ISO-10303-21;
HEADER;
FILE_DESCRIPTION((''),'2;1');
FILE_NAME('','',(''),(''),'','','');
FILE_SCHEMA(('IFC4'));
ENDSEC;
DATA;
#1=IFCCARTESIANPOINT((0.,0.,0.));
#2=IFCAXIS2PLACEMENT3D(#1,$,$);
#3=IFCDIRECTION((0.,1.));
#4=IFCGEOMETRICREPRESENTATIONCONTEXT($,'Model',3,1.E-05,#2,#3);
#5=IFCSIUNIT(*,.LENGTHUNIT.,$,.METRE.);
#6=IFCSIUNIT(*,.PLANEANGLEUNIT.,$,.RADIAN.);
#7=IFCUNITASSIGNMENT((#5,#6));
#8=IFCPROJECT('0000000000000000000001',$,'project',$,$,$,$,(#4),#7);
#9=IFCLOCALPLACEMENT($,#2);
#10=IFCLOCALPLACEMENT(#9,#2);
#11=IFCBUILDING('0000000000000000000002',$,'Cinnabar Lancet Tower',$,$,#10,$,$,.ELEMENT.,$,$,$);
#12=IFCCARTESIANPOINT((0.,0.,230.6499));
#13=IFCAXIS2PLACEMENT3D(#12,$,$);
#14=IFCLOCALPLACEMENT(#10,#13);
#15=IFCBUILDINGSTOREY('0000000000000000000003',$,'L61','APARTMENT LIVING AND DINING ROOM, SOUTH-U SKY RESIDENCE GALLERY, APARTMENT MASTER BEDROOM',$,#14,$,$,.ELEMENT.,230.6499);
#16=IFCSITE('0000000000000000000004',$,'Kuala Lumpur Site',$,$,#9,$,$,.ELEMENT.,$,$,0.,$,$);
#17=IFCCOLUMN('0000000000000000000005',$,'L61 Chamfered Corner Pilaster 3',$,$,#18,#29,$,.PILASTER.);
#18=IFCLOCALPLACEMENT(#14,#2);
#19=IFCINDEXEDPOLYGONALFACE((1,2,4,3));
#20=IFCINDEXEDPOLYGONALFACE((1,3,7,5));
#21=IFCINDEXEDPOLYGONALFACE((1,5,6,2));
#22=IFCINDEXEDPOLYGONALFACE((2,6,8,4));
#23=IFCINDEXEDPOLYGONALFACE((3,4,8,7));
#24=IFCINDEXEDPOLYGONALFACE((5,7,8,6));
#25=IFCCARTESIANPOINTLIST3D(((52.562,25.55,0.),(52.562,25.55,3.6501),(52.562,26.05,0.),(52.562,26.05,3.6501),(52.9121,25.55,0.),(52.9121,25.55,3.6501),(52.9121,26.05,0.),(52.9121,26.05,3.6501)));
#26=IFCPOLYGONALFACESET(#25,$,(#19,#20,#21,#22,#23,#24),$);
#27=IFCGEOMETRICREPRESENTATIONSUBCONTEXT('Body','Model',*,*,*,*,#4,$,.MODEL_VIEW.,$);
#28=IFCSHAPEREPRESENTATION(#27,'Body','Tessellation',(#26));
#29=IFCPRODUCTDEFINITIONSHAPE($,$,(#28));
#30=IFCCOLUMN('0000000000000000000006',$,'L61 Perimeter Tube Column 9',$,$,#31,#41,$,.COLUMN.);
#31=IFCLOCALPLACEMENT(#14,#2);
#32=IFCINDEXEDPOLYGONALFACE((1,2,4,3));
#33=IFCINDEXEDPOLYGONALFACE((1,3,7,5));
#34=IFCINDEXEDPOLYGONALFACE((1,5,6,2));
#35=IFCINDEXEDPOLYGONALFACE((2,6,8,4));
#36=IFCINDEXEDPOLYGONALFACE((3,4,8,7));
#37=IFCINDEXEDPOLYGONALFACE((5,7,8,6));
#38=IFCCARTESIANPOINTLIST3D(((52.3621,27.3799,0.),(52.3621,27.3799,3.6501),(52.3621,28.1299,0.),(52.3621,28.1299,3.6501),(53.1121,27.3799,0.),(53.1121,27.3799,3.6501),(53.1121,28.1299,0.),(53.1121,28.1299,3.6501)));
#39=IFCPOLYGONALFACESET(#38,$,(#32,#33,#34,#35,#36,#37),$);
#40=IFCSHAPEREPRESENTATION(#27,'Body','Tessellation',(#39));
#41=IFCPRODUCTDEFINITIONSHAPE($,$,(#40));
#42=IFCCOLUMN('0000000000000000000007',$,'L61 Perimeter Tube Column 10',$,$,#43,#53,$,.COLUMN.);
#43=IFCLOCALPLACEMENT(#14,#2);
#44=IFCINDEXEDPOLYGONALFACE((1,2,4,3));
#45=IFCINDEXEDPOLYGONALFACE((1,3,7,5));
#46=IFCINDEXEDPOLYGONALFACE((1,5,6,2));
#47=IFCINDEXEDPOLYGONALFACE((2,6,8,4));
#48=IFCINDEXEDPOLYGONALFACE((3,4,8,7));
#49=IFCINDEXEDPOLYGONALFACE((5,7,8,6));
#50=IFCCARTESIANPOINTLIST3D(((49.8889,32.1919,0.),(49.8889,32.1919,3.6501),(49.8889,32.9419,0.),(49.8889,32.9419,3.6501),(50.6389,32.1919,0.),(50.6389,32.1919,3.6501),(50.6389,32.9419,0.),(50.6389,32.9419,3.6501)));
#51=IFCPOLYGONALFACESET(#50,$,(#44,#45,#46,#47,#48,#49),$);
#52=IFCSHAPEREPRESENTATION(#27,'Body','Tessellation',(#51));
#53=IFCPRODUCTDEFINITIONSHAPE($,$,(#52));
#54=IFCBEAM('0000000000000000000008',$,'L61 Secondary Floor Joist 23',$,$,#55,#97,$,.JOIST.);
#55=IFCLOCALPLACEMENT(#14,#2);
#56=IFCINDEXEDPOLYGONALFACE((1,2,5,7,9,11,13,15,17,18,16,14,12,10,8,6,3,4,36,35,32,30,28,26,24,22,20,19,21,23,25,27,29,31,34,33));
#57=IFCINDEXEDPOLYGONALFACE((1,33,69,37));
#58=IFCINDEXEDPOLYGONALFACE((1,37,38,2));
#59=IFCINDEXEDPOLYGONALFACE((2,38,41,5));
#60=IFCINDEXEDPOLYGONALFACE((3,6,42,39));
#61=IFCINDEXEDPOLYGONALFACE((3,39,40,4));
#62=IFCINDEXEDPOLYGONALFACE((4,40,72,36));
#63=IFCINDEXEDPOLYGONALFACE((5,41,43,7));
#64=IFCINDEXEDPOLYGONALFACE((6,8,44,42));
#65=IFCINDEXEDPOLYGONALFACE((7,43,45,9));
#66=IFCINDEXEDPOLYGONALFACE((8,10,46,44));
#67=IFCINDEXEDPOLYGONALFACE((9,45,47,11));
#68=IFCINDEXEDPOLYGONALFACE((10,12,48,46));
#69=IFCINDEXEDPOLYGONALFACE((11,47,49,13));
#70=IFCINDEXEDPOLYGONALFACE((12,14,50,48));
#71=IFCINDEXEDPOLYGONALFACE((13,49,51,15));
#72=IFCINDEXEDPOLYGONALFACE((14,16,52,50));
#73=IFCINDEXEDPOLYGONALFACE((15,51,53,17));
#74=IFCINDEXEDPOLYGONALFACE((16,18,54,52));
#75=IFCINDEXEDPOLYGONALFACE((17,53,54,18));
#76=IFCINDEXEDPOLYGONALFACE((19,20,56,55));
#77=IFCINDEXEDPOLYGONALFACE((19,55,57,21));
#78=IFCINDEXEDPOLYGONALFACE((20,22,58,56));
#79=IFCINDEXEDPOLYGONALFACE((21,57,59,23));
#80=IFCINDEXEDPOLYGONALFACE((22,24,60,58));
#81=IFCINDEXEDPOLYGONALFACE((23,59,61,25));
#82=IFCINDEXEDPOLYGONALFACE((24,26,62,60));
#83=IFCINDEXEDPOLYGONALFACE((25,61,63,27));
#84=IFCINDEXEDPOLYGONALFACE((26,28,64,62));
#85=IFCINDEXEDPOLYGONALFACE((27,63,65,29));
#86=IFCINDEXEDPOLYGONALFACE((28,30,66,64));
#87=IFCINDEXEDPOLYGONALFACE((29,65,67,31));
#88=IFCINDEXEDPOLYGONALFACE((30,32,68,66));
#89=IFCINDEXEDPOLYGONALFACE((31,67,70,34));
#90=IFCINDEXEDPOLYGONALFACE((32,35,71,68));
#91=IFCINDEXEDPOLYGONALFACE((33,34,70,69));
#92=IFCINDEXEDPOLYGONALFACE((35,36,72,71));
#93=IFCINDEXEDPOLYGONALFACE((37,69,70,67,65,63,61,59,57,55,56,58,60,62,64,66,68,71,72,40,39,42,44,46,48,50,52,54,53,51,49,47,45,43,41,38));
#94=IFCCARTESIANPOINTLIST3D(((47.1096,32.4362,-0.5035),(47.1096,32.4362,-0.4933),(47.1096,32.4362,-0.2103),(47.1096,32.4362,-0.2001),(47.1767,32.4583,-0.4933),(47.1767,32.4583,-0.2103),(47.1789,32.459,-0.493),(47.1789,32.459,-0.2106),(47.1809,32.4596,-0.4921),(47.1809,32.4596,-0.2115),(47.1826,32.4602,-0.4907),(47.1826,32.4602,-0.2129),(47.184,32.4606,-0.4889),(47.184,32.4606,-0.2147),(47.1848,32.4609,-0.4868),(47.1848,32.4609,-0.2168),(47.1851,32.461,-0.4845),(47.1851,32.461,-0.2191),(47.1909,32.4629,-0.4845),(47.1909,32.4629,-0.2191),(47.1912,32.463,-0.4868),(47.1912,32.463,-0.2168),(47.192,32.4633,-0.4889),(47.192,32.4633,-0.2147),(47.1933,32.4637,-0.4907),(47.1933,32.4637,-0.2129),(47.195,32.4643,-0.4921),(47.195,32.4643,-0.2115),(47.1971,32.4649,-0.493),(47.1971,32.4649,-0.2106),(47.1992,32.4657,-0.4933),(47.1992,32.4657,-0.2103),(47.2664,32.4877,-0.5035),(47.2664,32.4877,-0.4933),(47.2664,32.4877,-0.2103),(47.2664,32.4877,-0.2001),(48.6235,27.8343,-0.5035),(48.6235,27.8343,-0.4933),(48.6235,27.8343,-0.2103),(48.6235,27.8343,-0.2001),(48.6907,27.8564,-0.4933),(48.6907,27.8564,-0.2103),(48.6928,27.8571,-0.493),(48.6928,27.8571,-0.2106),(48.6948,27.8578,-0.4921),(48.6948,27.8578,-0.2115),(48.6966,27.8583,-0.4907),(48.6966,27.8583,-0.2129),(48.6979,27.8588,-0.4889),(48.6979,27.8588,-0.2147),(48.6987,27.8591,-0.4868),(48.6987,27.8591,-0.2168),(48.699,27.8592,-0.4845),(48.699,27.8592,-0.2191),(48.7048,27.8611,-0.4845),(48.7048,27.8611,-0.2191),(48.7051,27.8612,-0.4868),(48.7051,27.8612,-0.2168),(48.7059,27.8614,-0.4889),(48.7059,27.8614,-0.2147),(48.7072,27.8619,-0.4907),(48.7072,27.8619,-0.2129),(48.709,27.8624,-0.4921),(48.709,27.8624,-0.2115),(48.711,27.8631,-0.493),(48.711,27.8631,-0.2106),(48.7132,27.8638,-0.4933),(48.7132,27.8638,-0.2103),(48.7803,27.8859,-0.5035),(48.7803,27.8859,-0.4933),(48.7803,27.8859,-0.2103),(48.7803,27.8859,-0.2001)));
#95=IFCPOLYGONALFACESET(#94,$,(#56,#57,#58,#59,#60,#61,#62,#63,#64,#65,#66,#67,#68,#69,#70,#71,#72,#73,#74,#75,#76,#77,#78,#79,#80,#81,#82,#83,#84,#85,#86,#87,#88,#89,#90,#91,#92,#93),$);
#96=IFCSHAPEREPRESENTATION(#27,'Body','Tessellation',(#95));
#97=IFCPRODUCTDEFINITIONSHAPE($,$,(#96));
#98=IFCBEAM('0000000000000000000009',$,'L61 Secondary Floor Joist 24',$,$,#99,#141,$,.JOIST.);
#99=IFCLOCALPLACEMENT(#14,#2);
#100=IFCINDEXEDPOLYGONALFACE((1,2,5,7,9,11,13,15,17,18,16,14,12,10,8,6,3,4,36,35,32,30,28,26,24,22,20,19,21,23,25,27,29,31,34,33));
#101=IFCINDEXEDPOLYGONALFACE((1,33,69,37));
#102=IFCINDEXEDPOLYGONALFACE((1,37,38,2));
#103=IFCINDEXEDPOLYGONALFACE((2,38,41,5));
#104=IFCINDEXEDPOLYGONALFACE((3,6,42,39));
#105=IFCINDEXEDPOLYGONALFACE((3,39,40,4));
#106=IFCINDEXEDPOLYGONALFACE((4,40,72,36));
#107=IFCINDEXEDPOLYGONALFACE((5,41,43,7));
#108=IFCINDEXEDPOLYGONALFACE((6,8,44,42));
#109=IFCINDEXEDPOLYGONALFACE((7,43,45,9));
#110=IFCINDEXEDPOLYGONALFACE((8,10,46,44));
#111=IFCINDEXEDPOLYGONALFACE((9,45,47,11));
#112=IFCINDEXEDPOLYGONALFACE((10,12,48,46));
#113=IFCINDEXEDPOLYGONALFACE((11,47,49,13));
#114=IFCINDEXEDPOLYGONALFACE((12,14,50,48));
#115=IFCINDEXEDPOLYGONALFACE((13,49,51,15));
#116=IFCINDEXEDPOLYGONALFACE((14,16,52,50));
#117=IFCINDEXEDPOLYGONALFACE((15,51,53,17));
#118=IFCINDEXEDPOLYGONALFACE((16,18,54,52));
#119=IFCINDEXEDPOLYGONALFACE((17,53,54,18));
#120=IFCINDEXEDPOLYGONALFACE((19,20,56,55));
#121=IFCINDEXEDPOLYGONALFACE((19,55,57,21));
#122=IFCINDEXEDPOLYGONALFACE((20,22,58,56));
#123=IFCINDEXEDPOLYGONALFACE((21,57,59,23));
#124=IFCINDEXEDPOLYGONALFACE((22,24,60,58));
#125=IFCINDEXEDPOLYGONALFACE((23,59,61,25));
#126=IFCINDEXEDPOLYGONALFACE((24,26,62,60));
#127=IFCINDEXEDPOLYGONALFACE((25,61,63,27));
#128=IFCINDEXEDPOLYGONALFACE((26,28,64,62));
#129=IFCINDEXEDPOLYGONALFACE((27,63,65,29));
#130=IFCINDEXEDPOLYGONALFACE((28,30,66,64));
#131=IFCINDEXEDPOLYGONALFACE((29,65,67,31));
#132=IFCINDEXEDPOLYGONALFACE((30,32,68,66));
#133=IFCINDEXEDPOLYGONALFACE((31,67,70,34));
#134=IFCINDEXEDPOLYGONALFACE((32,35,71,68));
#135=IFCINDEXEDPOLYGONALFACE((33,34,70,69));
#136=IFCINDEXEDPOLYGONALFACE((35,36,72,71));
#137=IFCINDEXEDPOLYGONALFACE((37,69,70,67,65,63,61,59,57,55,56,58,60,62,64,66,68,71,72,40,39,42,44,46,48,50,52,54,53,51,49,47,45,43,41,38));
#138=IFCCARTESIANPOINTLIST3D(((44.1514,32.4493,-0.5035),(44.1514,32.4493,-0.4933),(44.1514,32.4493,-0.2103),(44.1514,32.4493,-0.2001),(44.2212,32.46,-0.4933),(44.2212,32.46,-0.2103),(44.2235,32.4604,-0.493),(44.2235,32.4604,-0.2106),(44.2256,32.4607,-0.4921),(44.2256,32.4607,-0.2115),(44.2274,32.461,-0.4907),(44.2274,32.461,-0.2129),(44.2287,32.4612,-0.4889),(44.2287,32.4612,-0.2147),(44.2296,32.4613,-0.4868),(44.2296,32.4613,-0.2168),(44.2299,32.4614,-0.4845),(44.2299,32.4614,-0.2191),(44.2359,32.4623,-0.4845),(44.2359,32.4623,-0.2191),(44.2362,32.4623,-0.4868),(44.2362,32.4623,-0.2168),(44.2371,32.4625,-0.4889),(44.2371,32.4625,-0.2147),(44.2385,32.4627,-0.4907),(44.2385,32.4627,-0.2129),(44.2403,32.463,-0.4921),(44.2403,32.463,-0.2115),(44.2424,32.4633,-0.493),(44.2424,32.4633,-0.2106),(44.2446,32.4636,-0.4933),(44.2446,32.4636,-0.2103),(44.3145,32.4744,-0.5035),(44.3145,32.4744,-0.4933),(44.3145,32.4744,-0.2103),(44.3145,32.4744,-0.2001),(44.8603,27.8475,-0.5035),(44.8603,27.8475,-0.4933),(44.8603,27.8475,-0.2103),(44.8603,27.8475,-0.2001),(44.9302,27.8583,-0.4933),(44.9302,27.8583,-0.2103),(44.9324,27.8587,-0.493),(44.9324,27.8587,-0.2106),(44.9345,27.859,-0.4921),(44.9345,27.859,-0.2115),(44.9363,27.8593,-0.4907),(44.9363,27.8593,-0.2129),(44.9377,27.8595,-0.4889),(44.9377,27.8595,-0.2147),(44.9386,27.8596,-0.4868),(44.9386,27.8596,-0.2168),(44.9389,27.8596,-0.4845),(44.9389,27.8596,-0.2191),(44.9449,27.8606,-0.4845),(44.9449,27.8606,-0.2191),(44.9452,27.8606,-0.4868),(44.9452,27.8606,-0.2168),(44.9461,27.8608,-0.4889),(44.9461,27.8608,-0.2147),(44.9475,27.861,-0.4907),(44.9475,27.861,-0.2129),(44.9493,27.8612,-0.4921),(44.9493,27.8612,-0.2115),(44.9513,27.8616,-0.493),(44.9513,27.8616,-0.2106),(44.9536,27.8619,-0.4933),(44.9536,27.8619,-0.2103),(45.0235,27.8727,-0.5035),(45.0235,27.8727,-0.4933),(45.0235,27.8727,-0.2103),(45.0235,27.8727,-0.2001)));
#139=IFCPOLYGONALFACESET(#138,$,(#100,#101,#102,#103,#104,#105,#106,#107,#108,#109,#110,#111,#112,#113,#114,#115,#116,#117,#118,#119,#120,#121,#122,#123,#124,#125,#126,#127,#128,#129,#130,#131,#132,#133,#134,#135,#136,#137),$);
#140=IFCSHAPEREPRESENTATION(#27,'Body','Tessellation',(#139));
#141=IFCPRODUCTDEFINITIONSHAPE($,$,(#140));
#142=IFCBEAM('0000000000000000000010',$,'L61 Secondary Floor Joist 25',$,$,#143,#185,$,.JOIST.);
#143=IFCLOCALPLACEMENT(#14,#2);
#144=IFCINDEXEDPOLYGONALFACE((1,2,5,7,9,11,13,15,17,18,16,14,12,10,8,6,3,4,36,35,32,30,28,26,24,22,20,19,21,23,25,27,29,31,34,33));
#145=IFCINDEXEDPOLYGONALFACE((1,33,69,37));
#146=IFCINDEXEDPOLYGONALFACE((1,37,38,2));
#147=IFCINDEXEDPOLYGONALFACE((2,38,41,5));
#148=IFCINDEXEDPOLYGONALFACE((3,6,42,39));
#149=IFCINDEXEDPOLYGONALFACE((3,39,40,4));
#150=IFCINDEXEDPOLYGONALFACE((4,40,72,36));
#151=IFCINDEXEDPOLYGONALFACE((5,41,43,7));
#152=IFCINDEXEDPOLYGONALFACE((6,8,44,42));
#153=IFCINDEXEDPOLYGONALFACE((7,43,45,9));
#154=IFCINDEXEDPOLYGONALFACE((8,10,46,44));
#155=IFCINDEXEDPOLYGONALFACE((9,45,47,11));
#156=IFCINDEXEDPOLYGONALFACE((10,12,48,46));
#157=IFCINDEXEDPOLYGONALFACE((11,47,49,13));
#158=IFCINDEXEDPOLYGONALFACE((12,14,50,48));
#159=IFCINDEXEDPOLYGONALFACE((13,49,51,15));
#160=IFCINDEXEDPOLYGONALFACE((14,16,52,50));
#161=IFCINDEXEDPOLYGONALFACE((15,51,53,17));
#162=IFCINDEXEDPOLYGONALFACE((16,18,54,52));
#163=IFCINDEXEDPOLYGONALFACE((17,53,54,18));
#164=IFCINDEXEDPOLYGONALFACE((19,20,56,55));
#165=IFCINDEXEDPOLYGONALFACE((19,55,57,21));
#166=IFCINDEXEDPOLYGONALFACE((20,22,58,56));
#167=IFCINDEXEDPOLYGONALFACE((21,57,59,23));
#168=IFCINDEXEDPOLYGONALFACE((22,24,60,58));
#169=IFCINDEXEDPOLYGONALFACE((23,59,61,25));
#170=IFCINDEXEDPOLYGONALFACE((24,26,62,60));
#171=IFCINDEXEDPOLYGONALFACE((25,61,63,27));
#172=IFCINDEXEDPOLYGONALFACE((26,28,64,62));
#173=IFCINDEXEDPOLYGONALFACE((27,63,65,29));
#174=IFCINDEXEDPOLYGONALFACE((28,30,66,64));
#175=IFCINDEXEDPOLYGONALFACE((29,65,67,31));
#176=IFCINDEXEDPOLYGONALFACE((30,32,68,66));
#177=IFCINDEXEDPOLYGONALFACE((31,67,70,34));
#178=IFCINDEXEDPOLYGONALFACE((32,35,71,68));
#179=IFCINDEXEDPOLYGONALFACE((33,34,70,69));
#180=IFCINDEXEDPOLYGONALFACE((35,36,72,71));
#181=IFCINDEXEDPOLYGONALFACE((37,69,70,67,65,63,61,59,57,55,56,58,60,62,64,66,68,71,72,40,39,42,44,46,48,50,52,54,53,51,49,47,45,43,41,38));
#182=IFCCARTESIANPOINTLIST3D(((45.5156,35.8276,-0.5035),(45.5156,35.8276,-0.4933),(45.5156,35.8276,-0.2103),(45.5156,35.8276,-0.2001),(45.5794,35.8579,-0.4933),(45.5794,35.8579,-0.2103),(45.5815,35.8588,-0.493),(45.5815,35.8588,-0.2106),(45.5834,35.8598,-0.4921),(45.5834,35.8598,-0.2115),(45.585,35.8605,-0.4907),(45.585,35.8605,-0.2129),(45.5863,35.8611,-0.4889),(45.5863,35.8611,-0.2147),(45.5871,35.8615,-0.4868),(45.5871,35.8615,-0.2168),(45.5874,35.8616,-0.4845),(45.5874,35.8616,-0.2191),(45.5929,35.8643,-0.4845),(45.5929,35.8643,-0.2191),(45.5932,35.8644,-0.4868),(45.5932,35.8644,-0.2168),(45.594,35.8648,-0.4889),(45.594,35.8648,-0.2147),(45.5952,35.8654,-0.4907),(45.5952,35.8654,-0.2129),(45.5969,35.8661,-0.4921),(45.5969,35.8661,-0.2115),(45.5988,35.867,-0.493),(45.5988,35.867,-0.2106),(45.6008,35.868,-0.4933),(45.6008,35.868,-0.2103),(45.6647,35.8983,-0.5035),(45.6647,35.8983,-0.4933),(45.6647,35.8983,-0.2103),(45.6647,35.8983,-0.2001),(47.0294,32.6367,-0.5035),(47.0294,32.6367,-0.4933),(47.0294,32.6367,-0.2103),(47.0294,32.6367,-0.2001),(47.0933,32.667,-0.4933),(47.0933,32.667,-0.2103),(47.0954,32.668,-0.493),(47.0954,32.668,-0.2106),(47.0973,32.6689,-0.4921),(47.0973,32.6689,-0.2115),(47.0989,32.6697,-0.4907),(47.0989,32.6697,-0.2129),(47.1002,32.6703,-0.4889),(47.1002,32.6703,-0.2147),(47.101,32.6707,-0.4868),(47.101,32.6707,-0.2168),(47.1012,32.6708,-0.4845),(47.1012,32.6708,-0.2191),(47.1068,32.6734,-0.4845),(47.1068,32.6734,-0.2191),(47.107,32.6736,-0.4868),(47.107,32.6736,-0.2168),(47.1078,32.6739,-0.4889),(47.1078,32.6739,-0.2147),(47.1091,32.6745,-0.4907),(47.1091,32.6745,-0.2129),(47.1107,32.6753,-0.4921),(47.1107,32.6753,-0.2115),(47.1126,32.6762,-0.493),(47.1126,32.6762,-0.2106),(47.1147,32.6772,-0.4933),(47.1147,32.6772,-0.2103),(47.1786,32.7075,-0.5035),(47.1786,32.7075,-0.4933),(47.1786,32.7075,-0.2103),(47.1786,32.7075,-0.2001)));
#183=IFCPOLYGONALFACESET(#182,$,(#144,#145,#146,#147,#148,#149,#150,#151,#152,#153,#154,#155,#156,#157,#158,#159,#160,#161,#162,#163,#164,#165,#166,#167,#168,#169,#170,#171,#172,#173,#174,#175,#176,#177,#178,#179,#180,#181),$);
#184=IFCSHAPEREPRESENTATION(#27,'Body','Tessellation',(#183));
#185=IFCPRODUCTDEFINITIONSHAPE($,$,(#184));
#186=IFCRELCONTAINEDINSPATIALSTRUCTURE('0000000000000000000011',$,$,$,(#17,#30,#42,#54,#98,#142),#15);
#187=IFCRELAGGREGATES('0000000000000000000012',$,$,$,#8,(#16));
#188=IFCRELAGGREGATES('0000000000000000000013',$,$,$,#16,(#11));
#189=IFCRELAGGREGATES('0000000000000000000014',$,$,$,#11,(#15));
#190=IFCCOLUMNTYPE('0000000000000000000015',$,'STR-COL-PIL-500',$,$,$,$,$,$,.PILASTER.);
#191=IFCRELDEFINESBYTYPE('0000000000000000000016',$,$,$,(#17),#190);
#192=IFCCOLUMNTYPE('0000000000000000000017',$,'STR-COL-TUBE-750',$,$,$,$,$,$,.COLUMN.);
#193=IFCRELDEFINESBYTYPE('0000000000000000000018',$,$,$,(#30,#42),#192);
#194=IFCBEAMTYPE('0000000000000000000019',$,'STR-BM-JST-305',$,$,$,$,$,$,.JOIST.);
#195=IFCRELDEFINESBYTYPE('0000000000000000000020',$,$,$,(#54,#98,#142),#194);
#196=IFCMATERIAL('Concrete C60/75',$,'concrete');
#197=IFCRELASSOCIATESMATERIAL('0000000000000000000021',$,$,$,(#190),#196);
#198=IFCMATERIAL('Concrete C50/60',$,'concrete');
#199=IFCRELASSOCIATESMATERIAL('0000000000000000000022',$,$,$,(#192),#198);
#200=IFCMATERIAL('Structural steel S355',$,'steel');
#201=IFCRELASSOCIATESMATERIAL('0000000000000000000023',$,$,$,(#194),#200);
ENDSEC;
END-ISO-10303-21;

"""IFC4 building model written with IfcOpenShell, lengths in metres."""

from ifc_helpers import new_model, si_unit, direction, frame, origin, origin_2d, place, context, subcontext, project, spatial, rectangle, i_section, extrude, material, material_profile, profile_set, type_object, element, save


model = new_model("IFC4")

# Units and contexts
model_context = context("Model", 3, precision=1e-05, world=origin(), true_north=direction((0.0, 1.0)))
body_context = subcontext(model_context, "Body", "Model", "MODEL_VIEW")
ifc_project = project(units=[si_unit("LENGTHUNIT", "METRE"), si_unit("PLANEANGLEUNIT", "RADIAN")], contexts=[model_context])

# Site, building, storey
site_placement = place(None, origin())
site = spatial("IfcSite", under=ifc_project, at=site_placement, Name="Kuala Lumpur Site", CompositionType="ELEMENT", RefElevation=0.0)
building_placement = place(site_placement, origin())
building = spatial("IfcBuilding", under=site, at=building_placement, Name="Cinnabar Lancet Tower", CompositionType="ELEMENT")
storey_placement = place(building_placement, frame((0.0, 0.0, 230.6499)))
storey = spatial("IfcBuildingStorey", under=building, at=storey_placement, Name="L61", Description="APARTMENT LIVING AND DINING ROOM, SOUTH-U SKY RESIDENCE GALLERY, APARTMENT MASTER BEDROOM", CompositionType="ELEMENT", Elevation=230.6499)

# Columns
ifc_material_1 = material(Name="Concrete C60/75", Category="concrete")
ifc_material_profile_1 = material_profile(ifc_material_1, rectangle(XDim=0.5, YDim=0.3501, at=origin_2d()), Name="RC-PIL 500x350")
ifc_profile_set_1 = profile_set([ifc_material_profile_1], Name="Concrete C60/75")
column_type_1 = type_object("IfcColumnType", Name="STR-COL-PIL-500", PredefinedType="PILASTER", material=ifc_profile_set_1)
column_placement = place(storey_placement, frame((52.7371, 25.8, 0.0), z_axis=(0.0, 0.0, 1.0), x_axis=(0.0, 1.0, 0.0)))
element("IfcColumn", 1, at=column_placement, inside=storey, type_object=column_type_1, Name="L61 Chamfered Corner Pilaster 3", PredefinedType="PILASTER", context=body_context, shape_type="SweptSolid", body=[
    extrude(rectangle(XDim=0.5, YDim=0.3501, at=origin_2d()), origin(), (0.0, 0.0, 1.0), 3.6501),
])
ifc_material_2 = material(Name="Concrete C50/60", Category="concrete")
ifc_material_profile_2 = material_profile(ifc_material_2, rectangle(XDim=0.75, YDim=0.75, at=origin_2d()), Name="RC-COL 750x750")
ifc_profile_set_2 = profile_set([ifc_material_profile_2], Name="Concrete C50/60")
column_type_2 = type_object("IfcColumnType", Name="STR-COL-TUBE-750", PredefinedType="COLUMN", material=ifc_profile_set_2)
for number, where, z_axis, x_axis, name in (
    (2, (52.7371, 27.7549, 0.0), (0.0, 0.0, 1.0), (1.0, 0.0, 0.0), "L61 Perimeter Tube Column 9"),
    (3, (50.2639, 32.5669, 0.0), (0.0, 0.0, 1.0), (1.0, 0.0, 0.0), "L61 Perimeter Tube Column 10"),
):
    element("IfcColumn", number, at=place(storey_placement, frame(where, z_axis=z_axis, x_axis=x_axis)), inside=storey, type_object=column_type_2, Name=name, PredefinedType="COLUMN", context=body_context, shape_type="SweptSolid", body=[
        extrude(rectangle(XDim=0.75, YDim=0.75, at=origin_2d()), origin(), (0.0, 0.0, 1.0), 3.6501),
    ])

# Beams
ifc_material_3 = material(Name="Structural steel S355", Category="steel")
ifc_material_profile_3 = material_profile(ifc_material_3, i_section(OverallWidth=0.165, OverallDepth=0.3035, WebThickness=0.0061, FlangeThickness=0.0103, FilletRadius=0.0088, at=origin_2d()), Name="UKB 305x165x40")
ifc_profile_set_3 = profile_set([ifc_material_profile_3], Name="Structural steel S355")
beam_type_1 = type_object("IfcBeamType", Name="STR-BM-JST-305", PredefinedType="JOIST", material=ifc_profile_set_3)
beam_1_placement = place(storey_placement, frame((48.7019, 27.8601, -0.3518), z_axis=(-0.312506, 0.949916, 0.0), x_axis=(-0.949916, -0.312506, 0.0)))
element("IfcBeam", 4, at=beam_1_placement, inside=storey, type_object=beam_type_1, Name="L61 Secondary Floor Joist 23", PredefinedType="JOIST", context=body_context, shape_type="SweptSolid", body=[
    extrude(i_section(OverallWidth=0.165, OverallDepth=0.3035, WebThickness=0.0061, FlangeThickness=0.0103, FilletRadius=0.0088, at=origin_2d()), origin(), (0.0, 0.0, 1.0), 4.8445),
])
beam_2_placement = place(storey_placement, frame((44.9419, 27.8601, -0.3518), z_axis=(-0.15227, 0.988339, 0.0), x_axis=(-0.988339, -0.15227, 0.0)))
element("IfcBeam", 5, at=beam_2_placement, inside=storey, type_object=beam_type_1, Name="L61 Secondary Floor Joist 24", PredefinedType="JOIST", context=body_context, shape_type="SweptSolid", body=[
    extrude(i_section(OverallWidth=0.165, OverallDepth=0.3035, WebThickness=0.0061, FlangeThickness=0.0103, FilletRadius=0.0088, at=origin_2d()), origin(), (0.0, 0.0, 1.0), 4.656),
])
beam_3_placement = place(storey_placement, frame((47.104, 32.6721, -0.3518), z_axis=(-0.428648, 0.903472, 0.0), x_axis=(-0.903472, -0.428648, 0.0)))
element("IfcBeam", 6, at=beam_3_placement, inside=storey, type_object=beam_type_1, Name="L61 Secondary Floor Joist 25", PredefinedType="JOIST", context=body_context, shape_type="SweptSolid", body=[
    extrude(i_section(OverallWidth=0.165, OverallDepth=0.3035, WebThickness=0.0061, FlangeThickness=0.0103, FilletRadius=0.0088, at=origin_2d()), origin(), (0.0, 0.0, 1.0), 3.5317),
])

save(model, "model.ifc")
